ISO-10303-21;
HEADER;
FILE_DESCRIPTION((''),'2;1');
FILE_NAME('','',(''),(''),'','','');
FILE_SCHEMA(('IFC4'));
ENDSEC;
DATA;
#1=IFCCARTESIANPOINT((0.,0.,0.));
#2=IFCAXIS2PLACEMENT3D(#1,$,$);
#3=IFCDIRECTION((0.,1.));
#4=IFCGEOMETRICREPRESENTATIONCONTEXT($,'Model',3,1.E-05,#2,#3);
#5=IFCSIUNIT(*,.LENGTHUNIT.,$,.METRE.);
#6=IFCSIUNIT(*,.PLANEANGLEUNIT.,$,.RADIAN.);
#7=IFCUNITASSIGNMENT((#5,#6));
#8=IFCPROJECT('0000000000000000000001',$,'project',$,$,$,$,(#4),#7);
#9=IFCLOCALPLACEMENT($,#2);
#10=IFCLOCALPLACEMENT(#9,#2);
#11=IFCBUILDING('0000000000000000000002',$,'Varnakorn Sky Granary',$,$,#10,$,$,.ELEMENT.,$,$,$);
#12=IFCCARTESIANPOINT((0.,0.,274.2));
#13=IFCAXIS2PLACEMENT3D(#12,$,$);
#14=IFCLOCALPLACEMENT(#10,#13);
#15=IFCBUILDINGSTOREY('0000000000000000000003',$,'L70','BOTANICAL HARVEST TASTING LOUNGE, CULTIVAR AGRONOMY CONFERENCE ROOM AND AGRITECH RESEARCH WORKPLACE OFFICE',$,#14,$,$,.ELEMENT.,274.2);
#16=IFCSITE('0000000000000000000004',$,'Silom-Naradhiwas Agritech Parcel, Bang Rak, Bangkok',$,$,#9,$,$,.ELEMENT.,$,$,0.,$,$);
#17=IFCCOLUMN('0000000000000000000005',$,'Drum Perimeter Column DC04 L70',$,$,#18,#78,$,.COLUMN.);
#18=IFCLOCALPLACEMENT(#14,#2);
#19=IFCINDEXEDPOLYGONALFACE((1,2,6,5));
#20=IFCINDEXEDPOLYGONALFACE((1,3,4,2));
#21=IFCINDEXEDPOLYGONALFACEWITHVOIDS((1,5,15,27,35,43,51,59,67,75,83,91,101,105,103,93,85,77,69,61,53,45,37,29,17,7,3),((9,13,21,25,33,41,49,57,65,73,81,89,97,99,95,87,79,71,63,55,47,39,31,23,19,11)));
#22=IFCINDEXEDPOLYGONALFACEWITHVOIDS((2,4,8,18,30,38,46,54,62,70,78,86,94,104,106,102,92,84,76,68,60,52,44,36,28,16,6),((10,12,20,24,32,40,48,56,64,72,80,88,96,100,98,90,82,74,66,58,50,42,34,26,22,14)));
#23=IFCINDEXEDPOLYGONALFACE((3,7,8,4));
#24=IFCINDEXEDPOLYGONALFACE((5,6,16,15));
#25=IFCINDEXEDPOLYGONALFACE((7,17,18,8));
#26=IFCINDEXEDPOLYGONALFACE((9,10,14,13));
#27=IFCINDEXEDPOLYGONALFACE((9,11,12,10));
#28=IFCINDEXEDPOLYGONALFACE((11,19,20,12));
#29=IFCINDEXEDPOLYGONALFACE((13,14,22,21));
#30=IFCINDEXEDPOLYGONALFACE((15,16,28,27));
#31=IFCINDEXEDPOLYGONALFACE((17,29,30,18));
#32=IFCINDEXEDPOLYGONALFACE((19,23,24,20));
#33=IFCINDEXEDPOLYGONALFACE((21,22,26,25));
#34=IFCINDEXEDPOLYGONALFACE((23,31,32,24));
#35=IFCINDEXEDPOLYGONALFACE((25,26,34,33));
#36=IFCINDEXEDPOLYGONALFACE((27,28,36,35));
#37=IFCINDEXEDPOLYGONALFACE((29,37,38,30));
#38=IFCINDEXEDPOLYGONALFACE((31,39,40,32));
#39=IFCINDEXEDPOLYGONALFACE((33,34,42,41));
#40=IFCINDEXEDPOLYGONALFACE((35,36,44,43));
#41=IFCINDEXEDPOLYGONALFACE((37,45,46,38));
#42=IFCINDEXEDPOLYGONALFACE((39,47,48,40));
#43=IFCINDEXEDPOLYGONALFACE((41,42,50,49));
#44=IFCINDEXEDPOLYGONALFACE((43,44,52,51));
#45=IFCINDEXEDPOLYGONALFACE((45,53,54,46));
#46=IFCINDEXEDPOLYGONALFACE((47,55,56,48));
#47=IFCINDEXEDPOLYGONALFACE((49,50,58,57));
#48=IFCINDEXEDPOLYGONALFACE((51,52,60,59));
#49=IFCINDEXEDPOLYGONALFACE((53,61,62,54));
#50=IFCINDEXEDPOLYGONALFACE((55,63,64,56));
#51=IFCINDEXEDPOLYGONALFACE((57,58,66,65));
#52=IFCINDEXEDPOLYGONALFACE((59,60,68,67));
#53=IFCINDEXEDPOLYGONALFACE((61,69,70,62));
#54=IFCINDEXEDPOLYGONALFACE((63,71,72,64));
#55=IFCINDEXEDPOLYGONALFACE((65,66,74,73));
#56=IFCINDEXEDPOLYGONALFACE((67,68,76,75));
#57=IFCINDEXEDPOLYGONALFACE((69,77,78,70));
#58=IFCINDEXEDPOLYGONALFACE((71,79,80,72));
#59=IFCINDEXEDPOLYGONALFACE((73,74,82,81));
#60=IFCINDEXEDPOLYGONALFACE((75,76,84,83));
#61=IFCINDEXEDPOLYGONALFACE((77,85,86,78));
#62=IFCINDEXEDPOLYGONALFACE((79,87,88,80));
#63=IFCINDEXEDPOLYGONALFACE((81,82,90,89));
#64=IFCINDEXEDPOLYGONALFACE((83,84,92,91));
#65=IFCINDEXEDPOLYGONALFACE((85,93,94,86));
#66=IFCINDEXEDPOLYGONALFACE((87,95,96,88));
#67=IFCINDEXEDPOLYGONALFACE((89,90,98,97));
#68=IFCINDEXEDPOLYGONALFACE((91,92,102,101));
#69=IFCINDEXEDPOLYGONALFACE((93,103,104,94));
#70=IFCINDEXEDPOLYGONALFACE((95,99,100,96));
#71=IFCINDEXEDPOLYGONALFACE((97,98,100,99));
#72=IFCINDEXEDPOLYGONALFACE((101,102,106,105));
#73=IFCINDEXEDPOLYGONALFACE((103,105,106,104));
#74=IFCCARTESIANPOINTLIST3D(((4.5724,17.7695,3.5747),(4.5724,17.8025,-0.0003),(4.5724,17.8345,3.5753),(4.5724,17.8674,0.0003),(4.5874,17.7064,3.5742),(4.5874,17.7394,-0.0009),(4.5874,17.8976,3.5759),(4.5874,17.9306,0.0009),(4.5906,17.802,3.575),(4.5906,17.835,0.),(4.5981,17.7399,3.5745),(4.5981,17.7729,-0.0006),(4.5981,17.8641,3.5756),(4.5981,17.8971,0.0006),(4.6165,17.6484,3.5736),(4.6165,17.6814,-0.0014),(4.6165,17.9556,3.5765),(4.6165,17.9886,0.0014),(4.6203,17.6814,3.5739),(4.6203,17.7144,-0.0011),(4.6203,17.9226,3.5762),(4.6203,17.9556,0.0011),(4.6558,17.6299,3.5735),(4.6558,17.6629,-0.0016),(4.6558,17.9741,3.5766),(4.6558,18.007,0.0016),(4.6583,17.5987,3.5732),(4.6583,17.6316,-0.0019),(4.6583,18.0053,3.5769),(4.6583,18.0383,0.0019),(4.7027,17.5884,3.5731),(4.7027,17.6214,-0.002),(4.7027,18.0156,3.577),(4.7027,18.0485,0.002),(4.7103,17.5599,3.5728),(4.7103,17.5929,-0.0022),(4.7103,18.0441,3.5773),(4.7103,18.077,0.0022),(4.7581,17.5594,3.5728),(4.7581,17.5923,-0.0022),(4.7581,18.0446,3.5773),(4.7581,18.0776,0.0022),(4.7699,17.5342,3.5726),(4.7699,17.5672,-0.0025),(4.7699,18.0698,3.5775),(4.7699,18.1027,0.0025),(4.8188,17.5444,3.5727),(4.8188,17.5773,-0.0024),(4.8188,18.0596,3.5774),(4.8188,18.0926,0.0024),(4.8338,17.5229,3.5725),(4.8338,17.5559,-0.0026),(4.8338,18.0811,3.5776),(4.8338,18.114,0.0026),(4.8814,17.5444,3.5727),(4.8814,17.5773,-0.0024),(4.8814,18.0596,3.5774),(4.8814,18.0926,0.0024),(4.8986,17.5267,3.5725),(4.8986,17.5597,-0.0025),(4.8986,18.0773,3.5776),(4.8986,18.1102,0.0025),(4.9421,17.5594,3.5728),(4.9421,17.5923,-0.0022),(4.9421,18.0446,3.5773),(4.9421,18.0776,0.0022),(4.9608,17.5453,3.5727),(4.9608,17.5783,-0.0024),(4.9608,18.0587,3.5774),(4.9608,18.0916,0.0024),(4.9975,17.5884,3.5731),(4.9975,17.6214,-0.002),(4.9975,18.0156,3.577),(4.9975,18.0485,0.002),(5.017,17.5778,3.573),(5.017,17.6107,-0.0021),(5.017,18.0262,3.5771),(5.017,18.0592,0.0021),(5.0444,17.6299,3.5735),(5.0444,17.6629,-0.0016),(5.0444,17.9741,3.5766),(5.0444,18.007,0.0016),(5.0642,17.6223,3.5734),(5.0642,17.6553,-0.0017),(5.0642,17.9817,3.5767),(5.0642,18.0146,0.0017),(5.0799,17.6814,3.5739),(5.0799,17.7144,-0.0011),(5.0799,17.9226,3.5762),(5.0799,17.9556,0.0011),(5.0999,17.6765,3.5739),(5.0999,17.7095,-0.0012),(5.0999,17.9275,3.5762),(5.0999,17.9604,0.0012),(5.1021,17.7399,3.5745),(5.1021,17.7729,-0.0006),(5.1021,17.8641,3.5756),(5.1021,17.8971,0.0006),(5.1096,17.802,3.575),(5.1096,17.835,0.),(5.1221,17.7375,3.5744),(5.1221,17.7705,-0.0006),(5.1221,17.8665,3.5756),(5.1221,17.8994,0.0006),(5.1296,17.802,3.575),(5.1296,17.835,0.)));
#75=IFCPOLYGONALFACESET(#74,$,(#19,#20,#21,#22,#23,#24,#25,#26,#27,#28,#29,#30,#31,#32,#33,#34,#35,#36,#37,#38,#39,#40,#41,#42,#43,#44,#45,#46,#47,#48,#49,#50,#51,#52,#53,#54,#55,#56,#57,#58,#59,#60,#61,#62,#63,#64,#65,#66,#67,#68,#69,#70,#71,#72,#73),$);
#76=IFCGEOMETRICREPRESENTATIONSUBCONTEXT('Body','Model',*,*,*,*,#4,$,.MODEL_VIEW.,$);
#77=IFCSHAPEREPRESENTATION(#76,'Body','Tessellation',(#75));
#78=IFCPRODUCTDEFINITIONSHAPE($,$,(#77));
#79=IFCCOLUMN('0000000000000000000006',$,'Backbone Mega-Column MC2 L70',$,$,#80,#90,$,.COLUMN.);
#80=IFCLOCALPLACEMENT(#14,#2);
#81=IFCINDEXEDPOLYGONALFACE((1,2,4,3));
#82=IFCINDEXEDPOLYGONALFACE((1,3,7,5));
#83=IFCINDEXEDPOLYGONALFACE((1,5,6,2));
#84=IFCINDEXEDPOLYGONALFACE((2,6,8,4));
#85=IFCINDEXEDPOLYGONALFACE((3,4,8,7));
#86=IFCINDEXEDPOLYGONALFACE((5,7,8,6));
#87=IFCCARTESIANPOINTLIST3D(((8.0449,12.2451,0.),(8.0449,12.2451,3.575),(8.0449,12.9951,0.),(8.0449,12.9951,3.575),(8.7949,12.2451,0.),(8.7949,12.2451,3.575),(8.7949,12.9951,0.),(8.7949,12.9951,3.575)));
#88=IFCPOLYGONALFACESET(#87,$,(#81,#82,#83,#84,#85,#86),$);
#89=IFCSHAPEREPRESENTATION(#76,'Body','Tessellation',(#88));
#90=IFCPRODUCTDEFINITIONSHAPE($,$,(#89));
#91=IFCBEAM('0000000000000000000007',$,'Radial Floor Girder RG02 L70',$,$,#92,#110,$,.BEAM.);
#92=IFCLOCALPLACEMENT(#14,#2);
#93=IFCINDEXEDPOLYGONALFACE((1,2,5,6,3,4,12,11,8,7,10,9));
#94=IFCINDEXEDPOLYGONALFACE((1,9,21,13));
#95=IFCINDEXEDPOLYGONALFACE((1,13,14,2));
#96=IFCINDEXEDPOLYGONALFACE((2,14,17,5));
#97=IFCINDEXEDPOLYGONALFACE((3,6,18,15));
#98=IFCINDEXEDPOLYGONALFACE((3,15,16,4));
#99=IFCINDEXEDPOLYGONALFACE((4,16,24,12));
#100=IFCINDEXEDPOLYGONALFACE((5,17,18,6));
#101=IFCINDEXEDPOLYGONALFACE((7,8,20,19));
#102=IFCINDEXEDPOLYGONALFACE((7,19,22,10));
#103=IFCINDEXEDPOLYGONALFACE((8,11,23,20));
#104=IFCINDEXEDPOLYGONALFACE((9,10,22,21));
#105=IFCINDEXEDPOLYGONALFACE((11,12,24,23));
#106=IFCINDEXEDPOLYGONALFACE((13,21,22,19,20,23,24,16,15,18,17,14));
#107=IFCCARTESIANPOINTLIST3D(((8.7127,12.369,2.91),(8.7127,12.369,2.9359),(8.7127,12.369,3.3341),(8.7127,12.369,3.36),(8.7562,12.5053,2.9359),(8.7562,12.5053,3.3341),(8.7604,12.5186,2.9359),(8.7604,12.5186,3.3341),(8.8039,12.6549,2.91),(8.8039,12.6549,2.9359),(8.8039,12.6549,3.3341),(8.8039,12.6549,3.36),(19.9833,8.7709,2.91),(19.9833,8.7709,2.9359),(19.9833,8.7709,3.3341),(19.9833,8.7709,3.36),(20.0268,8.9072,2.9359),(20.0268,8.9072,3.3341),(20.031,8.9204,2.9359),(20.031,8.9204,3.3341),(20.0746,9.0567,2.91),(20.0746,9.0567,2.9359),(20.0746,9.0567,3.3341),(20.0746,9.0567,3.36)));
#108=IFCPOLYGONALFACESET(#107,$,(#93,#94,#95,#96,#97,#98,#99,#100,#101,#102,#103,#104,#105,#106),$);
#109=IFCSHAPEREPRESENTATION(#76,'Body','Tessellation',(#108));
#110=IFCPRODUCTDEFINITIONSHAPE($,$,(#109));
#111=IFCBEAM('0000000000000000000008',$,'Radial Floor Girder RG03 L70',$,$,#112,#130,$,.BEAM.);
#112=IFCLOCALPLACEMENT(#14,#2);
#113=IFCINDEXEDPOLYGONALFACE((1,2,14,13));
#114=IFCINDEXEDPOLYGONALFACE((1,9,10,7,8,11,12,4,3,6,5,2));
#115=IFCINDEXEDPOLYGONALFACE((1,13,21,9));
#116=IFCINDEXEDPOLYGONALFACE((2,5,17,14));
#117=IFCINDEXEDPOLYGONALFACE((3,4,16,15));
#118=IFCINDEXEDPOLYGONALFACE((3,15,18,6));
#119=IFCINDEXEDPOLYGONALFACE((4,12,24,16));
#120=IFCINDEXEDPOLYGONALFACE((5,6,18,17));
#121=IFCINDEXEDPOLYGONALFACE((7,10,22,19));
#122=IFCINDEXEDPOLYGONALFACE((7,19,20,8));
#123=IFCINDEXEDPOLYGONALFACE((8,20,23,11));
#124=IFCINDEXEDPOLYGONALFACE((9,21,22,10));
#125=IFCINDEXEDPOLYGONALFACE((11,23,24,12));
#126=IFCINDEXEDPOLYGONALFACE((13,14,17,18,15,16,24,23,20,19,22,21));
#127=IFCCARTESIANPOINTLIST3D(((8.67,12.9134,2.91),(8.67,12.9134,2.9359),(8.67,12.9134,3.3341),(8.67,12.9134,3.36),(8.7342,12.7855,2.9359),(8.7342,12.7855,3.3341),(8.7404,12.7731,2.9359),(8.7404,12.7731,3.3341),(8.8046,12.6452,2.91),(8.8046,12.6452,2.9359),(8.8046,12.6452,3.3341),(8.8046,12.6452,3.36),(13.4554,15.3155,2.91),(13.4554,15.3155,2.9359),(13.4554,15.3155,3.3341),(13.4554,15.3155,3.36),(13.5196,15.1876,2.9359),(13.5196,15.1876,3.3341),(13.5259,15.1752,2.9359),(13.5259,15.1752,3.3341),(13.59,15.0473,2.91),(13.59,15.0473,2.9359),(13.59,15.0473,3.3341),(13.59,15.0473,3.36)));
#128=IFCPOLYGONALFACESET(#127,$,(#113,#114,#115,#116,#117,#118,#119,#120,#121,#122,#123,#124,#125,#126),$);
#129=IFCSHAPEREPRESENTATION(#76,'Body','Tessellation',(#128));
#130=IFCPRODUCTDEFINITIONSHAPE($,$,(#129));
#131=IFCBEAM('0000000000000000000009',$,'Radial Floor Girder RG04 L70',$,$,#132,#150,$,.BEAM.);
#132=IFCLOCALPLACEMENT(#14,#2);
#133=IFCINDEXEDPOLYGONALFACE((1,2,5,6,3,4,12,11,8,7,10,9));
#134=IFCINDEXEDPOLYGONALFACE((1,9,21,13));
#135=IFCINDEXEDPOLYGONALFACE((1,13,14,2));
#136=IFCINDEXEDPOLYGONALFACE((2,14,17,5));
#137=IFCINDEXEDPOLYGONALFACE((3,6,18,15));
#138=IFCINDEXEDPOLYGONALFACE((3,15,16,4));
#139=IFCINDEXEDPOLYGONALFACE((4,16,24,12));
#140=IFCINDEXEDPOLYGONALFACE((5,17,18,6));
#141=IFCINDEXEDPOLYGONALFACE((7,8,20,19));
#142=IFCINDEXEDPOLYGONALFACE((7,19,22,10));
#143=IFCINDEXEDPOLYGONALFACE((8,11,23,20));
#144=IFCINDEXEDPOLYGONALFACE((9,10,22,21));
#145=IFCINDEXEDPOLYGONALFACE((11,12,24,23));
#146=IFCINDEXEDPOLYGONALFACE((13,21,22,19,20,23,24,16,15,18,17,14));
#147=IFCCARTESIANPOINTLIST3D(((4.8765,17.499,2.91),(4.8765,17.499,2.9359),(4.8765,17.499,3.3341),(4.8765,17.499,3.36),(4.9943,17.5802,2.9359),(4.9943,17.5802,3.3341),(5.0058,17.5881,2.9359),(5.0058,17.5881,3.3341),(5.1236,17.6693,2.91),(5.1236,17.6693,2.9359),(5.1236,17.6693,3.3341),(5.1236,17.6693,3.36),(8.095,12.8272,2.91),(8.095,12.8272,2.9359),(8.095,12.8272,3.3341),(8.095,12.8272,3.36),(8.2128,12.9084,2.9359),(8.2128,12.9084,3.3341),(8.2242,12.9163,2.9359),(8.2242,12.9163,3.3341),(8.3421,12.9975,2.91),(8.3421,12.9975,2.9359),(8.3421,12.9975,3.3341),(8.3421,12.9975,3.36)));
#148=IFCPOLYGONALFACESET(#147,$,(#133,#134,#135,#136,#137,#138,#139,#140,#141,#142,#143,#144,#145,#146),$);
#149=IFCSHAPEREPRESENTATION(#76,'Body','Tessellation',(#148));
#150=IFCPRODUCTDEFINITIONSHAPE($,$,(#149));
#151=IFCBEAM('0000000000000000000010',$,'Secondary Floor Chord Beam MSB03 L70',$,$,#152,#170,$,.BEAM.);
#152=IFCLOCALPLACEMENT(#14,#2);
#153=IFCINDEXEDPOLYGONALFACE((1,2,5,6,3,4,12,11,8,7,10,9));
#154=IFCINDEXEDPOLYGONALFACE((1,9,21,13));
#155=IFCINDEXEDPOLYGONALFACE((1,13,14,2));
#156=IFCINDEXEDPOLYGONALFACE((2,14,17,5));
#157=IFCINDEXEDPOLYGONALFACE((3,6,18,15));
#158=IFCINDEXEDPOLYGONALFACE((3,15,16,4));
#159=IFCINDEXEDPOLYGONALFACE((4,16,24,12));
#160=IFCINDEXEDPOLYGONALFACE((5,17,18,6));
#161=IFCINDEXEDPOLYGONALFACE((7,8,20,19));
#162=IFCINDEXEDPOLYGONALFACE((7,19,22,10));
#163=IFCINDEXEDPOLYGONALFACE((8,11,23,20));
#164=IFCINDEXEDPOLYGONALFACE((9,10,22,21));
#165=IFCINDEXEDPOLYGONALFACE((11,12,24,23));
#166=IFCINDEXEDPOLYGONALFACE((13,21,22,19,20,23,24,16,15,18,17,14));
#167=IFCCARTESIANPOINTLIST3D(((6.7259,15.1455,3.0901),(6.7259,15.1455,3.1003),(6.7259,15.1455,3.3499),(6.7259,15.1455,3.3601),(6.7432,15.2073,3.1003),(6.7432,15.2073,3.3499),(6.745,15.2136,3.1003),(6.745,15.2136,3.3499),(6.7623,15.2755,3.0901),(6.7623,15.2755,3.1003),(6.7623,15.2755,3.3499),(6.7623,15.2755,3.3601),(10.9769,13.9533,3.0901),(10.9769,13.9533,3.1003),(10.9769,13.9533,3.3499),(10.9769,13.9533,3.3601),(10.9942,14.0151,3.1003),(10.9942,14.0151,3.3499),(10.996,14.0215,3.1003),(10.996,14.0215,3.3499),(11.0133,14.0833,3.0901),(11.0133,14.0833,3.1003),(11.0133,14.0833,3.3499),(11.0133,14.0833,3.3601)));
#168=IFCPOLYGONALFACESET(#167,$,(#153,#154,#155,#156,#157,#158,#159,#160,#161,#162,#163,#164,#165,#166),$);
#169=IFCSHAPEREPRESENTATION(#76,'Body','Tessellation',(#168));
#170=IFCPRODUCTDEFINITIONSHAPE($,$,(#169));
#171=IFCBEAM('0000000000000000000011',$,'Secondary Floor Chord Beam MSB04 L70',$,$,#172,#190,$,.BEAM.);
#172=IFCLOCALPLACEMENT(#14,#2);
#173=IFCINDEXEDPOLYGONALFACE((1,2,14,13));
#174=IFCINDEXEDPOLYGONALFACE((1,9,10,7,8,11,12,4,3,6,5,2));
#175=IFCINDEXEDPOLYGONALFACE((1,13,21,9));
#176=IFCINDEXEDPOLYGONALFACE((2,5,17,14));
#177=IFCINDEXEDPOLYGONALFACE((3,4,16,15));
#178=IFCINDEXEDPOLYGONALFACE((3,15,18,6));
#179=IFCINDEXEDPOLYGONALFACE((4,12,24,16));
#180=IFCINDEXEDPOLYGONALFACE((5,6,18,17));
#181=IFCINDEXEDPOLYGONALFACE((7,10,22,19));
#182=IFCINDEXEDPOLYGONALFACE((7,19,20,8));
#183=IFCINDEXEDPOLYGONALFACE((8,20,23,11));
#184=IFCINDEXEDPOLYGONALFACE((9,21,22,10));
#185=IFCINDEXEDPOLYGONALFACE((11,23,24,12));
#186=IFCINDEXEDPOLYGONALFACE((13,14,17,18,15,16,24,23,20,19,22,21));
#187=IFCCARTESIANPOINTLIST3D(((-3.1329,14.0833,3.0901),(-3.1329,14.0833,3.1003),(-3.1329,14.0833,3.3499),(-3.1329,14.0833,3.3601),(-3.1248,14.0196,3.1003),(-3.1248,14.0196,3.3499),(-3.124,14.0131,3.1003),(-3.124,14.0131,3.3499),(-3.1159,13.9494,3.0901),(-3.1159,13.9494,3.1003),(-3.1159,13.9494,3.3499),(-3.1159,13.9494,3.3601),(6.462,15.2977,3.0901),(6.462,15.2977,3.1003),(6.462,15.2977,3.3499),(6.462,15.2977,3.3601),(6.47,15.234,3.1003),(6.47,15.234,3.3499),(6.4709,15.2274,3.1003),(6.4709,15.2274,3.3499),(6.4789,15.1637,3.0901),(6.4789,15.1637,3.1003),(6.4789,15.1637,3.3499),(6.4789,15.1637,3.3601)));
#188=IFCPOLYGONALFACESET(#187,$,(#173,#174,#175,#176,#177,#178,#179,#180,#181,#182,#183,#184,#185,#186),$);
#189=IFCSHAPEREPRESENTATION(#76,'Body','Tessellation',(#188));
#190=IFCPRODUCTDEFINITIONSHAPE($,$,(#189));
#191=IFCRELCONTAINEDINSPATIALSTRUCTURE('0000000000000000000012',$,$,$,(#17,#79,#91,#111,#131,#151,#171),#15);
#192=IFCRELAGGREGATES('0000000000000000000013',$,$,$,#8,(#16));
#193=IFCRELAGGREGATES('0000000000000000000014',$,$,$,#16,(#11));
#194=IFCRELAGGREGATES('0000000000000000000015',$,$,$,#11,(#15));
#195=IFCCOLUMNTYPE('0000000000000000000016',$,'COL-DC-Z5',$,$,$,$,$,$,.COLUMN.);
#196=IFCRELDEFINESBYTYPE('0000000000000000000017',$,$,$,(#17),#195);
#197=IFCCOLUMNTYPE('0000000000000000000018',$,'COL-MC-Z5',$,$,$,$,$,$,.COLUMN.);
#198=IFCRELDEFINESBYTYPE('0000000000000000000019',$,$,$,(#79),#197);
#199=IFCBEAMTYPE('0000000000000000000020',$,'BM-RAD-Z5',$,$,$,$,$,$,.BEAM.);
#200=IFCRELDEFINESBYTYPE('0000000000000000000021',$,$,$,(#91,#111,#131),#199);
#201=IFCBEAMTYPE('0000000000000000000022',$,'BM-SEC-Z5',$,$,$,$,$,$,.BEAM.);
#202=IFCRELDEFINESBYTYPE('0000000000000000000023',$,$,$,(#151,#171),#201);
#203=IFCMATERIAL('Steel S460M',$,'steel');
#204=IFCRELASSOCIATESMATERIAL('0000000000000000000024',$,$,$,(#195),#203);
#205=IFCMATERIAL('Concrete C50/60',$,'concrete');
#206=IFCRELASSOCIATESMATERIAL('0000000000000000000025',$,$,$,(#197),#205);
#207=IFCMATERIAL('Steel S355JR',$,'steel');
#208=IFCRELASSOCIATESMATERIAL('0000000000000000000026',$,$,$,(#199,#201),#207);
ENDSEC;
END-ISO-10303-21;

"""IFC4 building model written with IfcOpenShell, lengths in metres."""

from ifc_helpers import new_model, si_unit, direction, frame, origin, origin_2d, place, context, subcontext, project, spatial, rectangle, hollow_circle, i_section, extrude, material, material_profile, profile_set, type_object, element, save


model = new_model("IFC4")

# Units and contexts
model_context = context("Model", 3, precision=1e-05, world=origin(), true_north=direction((0.0, 1.0)))
body_context = subcontext(model_context, "Body", "Model", "MODEL_VIEW")
ifc_project = project(units=[si_unit("LENGTHUNIT", "METRE"), si_unit("PLANEANGLEUNIT", "RADIAN")], contexts=[model_context])

# Site, building, storey
site_placement = place(None, origin())
site = spatial("IfcSite", under=ifc_project, at=site_placement, Name="Silom-Naradhiwas Agritech Parcel, Bang Rak, Bangkok", CompositionType="ELEMENT", RefElevation=0.0)
building_placement = place(site_placement, origin())
building = spatial("IfcBuilding", under=site, at=building_placement, Name="Varnakorn Sky Granary", CompositionType="ELEMENT")
storey_placement = place(building_placement, frame((0.0, 0.0, 274.2)))
storey = spatial("IfcBuildingStorey", under=building, at=storey_placement, Name="L70", Description="BOTANICAL HARVEST TASTING LOUNGE, CULTIVAR AGRONOMY CONFERENCE ROOM AND AGRITECH RESEARCH WORKPLACE OFFICE", CompositionType="ELEMENT", Elevation=274.2)

# Columns
ifc_material_1 = material(Name="Steel S460M", Category="steel")
ifc_material_profile_1 = material_profile(ifc_material_1, hollow_circle(Radius=0.2795, WallThickness=0.02, at=origin_2d()), Name="CHS 559x20")
ifc_profile_set_1 = profile_set([ifc_material_profile_1], Name="Steel S460M")
column_type_1 = type_object("IfcColumnType", Name="COL-DC-Z5", PredefinedType="COLUMN", material=ifc_profile_set_1)
column_1_placement = place(storey_placement, frame((4.8501, 17.835, 0.0), z_axis=(0.0, -0.009219, 0.999958), x_axis=(1.0, 0.0, 0.0)))
element("IfcColumn", 1, at=column_1_placement, inside=storey, type_object=column_type_1, Name="Drum Perimeter Column DC04 L70", PredefinedType="COLUMN", context=body_context, shape_type="SweptSolid", body=[
    extrude(hollow_circle(Radius=0.2795, WallThickness=0.02, at=origin_2d()), origin(), (0.0, 0.0, 1.0), 3.5752),
])
ifc_material_2 = material(Name="Concrete C50/60", Category="concrete")
ifc_material_profile_2 = material_profile(ifc_material_2, rectangle(XDim=0.75, YDim=0.75, at=origin_2d()), Name="RC 750x750")
ifc_profile_set_2 = profile_set([ifc_material_profile_2], Name="Concrete C50/60")
column_type_2 = type_object("IfcColumnType", Name="COL-MC-Z5", PredefinedType="COLUMN", material=ifc_profile_set_2)
column_2_placement = place(storey_placement, frame((8.4199, 12.6201, 0.0), z_axis=(0.0, 0.0, 1.0), x_axis=(1.0, 0.0, 0.0)))
element("IfcColumn", 2, at=column_2_placement, inside=storey, type_object=column_type_2, Name="Backbone Mega-Column MC2 L70", PredefinedType="COLUMN", context=body_context, shape_type="SweptSolid", body=[
    extrude(rectangle(XDim=0.75, YDim=0.75, at=origin_2d()), origin(), (0.0, 0.0, 1.0), 3.575),
])

# Beams
ifc_material_3 = material(Name="Steel S355JR", Category="steel")
ifc_material_profile_3 = material_profile(ifc_material_3, i_section(OverallWidth=0.3, OverallDepth=0.45, WebThickness=0.0139, FlangeThickness=0.0259, at=origin_2d()), Name="HE 450 B")
ifc_profile_set_3 = profile_set([ifc_material_profile_3], Name="Steel S355JR")
beam_type_1 = type_object("IfcBeamType", Name="BM-RAD-Z5", PredefinedType="BEAM", material=ifc_profile_set_3)
beam_1_placement = place(storey_placement, frame((8.7583, 12.512, 3.135), z_axis=(0.95263, -0.30413, 0.0), x_axis=(0.30413, 0.95263, 0.0)))
element("IfcBeam", 3, at=beam_1_placement, inside=storey, type_object=beam_type_1, Name="Radial Floor Girder RG02 L70", PredefinedType="BEAM", context=body_context, shape_type="SweptSolid", body=[
    extrude(i_section(OverallWidth=0.3, OverallDepth=0.45, WebThickness=0.0139, FlangeThickness=0.0259, at=origin_2d()), origin(), (0.0, 0.0, 1.0), 11.8311),
])
beam_2_placement = place(storey_placement, frame((8.7373, 12.7793, 3.135), z_axis=(0.893724, 0.448617, 0.0), x_axis=(-0.448617, 0.893724, 0.0)))
element("IfcBeam", 4, at=beam_2_placement, inside=storey, type_object=beam_type_1, Name="Radial Floor Girder RG03 L70", PredefinedType="BEAM", context=body_context, shape_type="SweptSolid", body=[
    extrude(i_section(OverallWidth=0.3, OverallDepth=0.45, WebThickness=0.0139, FlangeThickness=0.0259, at=origin_2d()), origin(), (0.0, 0.0, 1.0), 5.3545),
])
beam_3_placement = place(storey_placement, frame((8.2185, 12.9124, 3.135), z_axis=(-0.567318, 0.823499, 0.0), x_axis=(-0.823499, -0.567318, 0.0)))
element("IfcBeam", 5, at=beam_3_placement, inside=storey, type_object=beam_type_1, Name="Radial Floor Girder RG04 L70", PredefinedType="BEAM", context=body_context, shape_type="SweptSolid", body=[
    extrude(i_section(OverallWidth=0.3, OverallDepth=0.45, WebThickness=0.0139, FlangeThickness=0.0259, at=origin_2d()), origin(), (0.0, 0.0, 1.0), 5.6731),
])
ifc_material_profile_4 = material_profile(ifc_material_3, i_section(OverallWidth=0.135, OverallDepth=0.27, WebThickness=0.0066, FlangeThickness=0.0103, at=origin_2d()), Name="IPE 270")
ifc_profile_set_4 = profile_set([ifc_material_profile_4], Name="Steel S355JR")
beam_type_2 = type_object("IfcBeamType", Name="BM-SEC-Z5", PredefinedType="BEAM", material=ifc_profile_set_4)
beam_4_placement = place(storey_placement, frame((10.9951, 14.0183, 3.2251), z_axis=(-0.962854, 0.270022, 0.0), x_axis=(-0.270022, -0.962854, 0.0)))
element("IfcBeam", 6, at=beam_4_placement, inside=storey, type_object=beam_type_2, Name="Secondary Floor Chord Beam MSB03 L70", PredefinedType="BEAM", context=body_context, shape_type="SweptSolid", body=[
    extrude(i_section(OverallWidth=0.135, OverallDepth=0.27, WebThickness=0.0066, FlangeThickness=0.0103, at=origin_2d()), origin(), (0.0, 0.0, 1.0), 4.415),
])
beam_5_placement = place(storey_placement, frame((6.4705, 15.2307, 3.2251), z_axis=(-0.992086, -0.125563, 0.0), x_axis=(0.125563, -0.992086, 0.0)))
element("IfcBeam", 7, at=beam_5_placement, inside=storey, type_object=beam_type_2, Name="Secondary Floor Chord Beam MSB04 L70", PredefinedType="BEAM", context=body_context, shape_type="SweptSolid", body=[
    extrude(i_section(OverallWidth=0.135, OverallDepth=0.27, WebThickness=0.0066, FlangeThickness=0.0103, at=origin_2d()), origin(), (0.0, 0.0, 1.0), 9.6714),
])

save(model, "model.ifc")
